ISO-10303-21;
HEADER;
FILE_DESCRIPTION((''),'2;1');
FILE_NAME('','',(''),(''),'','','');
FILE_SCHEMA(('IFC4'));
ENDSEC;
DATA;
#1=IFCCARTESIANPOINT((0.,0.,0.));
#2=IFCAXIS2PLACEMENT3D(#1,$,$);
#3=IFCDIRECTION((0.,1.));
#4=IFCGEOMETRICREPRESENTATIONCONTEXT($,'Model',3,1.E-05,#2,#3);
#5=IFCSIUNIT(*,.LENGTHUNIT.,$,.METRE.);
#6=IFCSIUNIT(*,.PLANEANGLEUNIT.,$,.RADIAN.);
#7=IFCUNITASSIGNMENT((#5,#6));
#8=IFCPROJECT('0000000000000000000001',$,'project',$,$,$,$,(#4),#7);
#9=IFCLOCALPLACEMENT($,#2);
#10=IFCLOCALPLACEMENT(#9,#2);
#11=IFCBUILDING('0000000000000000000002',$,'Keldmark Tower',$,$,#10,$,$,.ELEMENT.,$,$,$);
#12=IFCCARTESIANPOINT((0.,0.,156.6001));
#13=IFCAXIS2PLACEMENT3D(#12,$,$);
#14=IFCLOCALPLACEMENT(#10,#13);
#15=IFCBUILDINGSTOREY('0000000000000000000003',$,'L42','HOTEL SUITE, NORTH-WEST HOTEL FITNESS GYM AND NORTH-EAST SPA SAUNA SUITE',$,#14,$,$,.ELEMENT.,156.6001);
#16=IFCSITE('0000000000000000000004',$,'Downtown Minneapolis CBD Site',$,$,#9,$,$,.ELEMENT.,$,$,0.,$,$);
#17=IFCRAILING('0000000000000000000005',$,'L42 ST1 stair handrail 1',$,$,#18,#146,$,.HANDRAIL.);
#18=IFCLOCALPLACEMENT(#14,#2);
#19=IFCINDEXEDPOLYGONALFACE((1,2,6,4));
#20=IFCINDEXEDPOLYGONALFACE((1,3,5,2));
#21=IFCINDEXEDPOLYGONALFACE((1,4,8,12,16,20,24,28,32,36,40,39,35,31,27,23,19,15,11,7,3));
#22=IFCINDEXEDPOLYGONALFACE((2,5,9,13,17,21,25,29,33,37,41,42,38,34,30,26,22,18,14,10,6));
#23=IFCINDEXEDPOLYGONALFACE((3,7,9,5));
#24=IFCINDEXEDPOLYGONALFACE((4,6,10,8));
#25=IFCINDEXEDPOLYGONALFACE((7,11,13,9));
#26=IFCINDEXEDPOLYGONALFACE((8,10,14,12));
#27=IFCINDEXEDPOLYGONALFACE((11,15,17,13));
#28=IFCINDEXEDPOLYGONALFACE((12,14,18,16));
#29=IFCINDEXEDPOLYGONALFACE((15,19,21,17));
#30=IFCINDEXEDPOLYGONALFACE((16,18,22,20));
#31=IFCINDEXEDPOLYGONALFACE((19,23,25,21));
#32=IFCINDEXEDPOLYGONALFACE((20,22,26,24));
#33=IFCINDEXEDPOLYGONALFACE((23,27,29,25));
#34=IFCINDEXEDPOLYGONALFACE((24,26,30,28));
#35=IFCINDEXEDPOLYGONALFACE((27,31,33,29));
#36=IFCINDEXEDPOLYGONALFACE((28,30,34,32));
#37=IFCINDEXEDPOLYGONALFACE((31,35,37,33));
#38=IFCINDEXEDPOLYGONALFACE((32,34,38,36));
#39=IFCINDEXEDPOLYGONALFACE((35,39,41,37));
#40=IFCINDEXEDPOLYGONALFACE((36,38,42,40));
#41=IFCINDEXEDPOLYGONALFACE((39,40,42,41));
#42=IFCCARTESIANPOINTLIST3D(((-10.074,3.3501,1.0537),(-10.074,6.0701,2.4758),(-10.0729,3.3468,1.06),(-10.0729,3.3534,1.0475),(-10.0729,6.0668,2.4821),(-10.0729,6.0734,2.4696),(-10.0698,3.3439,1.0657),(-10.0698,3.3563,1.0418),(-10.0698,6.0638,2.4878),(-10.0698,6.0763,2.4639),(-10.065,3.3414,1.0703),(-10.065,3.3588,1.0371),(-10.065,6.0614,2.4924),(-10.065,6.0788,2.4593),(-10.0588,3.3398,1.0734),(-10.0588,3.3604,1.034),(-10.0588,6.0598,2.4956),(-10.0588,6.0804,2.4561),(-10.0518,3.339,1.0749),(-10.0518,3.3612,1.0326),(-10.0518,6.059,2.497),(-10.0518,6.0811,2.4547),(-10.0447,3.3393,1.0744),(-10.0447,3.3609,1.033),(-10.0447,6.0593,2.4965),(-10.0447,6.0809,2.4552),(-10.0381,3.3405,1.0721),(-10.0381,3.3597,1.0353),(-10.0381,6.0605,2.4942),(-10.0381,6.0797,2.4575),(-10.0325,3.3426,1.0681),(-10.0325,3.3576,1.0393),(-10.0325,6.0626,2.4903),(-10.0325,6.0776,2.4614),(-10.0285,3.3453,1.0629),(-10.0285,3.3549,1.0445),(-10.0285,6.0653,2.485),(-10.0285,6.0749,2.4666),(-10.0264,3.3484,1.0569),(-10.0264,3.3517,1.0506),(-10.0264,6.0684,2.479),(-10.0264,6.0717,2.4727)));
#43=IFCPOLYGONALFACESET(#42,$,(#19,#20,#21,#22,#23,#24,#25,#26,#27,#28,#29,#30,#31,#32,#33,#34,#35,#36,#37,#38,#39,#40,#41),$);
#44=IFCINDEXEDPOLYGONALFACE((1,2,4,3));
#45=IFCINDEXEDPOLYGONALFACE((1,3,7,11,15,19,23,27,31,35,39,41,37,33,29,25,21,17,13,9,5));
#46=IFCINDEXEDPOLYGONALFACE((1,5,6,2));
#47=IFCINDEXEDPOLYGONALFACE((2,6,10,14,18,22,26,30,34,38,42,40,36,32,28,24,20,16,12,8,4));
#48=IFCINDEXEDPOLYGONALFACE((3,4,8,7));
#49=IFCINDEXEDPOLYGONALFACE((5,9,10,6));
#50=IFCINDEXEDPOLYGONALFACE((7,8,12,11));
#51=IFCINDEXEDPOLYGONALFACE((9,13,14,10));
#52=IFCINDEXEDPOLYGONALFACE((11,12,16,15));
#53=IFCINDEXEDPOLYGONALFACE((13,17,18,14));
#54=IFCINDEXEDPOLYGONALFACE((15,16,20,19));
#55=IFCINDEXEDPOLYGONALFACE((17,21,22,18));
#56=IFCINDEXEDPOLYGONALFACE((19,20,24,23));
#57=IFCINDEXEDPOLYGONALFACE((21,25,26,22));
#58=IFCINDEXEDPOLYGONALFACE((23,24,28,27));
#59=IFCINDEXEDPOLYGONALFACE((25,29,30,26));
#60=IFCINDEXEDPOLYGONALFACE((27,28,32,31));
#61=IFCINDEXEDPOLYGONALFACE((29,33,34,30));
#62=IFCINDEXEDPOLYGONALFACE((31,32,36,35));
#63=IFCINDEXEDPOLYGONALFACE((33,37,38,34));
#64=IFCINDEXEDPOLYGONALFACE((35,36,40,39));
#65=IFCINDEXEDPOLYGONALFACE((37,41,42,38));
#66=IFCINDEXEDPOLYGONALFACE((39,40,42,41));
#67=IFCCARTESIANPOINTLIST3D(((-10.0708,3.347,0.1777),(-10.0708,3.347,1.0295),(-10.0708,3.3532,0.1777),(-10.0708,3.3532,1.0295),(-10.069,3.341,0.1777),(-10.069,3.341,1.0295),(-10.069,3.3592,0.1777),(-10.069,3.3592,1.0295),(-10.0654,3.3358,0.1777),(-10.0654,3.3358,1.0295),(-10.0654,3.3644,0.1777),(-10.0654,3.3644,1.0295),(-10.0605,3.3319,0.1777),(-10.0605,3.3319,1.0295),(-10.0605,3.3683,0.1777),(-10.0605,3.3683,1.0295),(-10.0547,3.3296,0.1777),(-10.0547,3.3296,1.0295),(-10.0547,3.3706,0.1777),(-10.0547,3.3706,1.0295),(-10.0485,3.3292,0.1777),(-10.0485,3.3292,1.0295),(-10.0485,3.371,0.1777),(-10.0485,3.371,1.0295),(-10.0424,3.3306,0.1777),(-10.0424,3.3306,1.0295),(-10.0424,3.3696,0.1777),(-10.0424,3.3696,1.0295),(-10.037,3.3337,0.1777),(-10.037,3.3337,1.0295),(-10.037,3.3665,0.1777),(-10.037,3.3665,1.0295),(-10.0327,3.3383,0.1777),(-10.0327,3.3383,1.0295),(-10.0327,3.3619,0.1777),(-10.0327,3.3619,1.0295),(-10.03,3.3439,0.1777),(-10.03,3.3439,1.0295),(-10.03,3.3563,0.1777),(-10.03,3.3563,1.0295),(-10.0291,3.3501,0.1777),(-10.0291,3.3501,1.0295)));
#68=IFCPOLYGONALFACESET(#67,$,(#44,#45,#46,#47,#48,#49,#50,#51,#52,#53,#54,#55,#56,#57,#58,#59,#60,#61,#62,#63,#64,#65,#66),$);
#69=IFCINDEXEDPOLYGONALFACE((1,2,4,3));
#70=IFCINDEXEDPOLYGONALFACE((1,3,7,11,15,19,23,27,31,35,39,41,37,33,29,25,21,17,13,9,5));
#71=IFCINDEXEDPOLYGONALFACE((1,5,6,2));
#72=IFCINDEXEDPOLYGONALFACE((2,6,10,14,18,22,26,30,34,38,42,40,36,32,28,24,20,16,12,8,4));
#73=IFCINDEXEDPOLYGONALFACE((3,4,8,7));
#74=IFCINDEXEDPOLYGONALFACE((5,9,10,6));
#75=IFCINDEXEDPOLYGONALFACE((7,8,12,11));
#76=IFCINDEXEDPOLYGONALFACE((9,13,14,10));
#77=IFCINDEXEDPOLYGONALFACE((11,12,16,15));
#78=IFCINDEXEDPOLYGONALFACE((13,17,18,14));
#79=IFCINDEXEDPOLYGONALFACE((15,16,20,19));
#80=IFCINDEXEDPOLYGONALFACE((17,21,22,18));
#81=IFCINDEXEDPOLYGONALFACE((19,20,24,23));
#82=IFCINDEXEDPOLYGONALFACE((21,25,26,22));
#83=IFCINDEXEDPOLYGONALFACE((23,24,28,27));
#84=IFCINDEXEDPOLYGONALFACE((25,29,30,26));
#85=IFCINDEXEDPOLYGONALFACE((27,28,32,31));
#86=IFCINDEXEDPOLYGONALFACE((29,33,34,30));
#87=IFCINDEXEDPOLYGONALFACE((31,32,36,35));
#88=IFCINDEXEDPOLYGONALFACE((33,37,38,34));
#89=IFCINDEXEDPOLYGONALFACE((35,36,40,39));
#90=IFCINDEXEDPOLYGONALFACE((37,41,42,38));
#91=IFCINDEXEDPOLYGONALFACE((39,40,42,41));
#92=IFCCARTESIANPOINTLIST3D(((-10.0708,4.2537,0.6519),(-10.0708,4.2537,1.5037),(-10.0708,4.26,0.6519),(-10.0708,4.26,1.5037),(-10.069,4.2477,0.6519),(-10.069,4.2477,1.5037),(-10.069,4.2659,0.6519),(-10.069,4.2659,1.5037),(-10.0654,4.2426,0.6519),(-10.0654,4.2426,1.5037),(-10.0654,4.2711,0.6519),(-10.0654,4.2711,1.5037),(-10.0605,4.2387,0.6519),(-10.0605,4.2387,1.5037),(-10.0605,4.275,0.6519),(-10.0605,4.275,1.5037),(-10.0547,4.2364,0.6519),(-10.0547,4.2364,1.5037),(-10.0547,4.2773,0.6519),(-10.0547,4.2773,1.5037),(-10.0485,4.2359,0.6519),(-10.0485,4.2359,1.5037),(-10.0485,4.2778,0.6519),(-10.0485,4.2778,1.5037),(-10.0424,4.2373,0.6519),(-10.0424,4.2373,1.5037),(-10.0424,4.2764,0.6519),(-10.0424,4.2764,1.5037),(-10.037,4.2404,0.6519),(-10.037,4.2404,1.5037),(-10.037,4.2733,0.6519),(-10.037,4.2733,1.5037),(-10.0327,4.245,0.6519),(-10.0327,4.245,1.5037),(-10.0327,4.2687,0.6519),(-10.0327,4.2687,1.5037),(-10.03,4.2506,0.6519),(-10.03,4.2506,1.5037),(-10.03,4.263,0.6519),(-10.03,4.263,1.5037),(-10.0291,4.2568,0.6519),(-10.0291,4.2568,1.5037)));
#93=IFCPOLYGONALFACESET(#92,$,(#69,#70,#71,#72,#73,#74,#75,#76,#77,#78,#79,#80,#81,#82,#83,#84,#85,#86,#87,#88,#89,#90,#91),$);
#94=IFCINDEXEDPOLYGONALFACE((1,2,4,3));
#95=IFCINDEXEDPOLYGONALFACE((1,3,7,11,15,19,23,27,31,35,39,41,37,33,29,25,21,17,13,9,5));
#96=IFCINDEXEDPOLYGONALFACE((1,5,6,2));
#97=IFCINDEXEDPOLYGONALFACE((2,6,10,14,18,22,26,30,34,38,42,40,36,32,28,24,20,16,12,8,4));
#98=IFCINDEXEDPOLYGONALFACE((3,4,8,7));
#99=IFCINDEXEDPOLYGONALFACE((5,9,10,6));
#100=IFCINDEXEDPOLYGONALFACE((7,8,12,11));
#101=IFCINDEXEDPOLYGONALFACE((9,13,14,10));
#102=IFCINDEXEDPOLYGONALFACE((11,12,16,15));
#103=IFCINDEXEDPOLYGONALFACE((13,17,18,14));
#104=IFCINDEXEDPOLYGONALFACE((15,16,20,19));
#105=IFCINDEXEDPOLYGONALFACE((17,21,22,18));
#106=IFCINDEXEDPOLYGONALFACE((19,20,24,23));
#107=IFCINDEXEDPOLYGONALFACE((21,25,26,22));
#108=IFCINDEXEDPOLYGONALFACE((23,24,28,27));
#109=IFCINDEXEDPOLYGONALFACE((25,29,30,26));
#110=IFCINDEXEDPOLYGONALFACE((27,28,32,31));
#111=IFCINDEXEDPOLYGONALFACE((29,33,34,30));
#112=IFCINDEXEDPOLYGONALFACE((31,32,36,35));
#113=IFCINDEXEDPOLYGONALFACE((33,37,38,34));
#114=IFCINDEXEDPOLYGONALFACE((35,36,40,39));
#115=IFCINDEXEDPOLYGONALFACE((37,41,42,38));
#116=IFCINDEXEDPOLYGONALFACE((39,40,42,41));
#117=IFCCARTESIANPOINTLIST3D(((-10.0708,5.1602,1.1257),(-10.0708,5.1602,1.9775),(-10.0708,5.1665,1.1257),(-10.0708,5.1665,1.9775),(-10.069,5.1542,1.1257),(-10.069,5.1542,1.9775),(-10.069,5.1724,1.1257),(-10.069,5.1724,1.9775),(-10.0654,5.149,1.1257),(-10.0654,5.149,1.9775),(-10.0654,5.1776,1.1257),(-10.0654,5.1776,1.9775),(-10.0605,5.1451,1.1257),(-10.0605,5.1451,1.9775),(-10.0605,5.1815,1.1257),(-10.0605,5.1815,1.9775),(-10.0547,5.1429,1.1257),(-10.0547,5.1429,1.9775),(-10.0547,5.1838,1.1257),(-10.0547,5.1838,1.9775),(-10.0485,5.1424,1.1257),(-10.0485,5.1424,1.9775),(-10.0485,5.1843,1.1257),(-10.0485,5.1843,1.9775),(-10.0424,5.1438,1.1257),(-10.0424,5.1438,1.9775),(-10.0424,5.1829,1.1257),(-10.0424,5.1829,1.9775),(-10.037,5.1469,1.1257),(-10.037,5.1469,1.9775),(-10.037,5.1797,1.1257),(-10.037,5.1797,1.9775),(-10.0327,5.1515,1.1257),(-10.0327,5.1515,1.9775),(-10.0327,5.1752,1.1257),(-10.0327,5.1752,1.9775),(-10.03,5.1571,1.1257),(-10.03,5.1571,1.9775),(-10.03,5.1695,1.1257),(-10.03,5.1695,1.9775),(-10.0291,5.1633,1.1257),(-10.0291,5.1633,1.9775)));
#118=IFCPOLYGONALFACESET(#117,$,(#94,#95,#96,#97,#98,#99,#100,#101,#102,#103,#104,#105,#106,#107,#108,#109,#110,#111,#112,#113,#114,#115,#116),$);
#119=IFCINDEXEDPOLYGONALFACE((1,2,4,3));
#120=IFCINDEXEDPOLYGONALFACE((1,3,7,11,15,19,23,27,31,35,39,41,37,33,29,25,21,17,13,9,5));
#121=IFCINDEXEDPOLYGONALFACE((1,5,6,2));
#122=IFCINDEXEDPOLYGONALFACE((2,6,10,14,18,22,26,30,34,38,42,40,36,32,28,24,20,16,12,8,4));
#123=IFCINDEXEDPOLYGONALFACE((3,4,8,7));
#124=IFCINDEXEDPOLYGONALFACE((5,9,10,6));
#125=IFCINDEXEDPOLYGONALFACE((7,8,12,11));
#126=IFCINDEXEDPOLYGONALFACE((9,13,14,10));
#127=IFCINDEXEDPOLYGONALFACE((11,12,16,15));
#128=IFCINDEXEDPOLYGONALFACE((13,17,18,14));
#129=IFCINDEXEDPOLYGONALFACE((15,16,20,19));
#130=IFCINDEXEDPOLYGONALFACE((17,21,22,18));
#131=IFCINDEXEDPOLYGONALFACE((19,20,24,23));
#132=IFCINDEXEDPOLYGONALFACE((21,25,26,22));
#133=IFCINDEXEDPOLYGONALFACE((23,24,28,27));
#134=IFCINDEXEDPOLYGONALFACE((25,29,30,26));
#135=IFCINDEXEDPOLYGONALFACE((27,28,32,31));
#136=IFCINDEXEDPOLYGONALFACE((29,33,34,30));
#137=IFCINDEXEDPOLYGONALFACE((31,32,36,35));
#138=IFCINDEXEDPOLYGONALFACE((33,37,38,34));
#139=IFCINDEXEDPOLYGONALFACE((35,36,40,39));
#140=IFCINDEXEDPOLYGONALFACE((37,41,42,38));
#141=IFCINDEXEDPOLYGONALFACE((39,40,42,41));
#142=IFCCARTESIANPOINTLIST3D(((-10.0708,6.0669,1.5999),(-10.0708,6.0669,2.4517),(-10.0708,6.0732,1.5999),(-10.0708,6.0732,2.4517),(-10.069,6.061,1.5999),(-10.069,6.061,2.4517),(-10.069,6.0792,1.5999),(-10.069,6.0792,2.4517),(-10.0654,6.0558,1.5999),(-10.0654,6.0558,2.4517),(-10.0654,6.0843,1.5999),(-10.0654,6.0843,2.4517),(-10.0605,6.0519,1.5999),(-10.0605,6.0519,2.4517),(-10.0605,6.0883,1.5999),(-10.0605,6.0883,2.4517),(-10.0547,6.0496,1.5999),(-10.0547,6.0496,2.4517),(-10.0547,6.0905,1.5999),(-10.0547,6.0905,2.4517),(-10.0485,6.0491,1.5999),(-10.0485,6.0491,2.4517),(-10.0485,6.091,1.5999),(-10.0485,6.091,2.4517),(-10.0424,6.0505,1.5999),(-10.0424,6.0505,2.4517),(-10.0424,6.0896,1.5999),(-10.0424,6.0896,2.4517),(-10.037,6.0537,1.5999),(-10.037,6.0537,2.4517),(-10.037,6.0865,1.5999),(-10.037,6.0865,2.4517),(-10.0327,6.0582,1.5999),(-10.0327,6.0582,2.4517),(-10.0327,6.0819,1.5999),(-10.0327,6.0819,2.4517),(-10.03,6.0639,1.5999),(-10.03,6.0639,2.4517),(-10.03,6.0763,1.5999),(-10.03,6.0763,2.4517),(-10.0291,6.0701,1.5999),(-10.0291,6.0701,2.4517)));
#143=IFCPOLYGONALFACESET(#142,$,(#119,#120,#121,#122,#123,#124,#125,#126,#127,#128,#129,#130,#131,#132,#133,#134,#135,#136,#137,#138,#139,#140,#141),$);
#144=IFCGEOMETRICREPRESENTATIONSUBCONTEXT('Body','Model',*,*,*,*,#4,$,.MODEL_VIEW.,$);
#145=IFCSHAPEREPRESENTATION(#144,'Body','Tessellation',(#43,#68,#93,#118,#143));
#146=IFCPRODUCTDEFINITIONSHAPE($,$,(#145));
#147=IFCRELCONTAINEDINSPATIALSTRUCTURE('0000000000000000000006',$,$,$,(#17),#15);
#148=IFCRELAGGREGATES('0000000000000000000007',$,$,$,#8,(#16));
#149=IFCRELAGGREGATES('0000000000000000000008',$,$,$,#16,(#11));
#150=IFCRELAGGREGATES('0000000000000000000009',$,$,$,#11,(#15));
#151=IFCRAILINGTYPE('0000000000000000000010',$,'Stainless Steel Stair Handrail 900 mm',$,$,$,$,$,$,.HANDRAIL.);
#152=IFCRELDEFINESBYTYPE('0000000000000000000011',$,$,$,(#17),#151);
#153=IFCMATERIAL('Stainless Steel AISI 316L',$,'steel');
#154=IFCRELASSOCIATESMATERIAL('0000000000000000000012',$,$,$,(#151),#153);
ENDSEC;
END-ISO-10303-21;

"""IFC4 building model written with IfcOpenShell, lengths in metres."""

from ifc_helpers import new_model, si_unit, direction, frame, origin, origin_2d, place, context, subcontext, project, spatial, circle, extrude, material, type_object, element, save


model = new_model("IFC4")

# Units and contexts
model_context = context("Model", 3, precision=1e-05, world=origin(), true_north=direction((0.0, 1.0)))
body_context = subcontext(model_context, "Body", "Model", "MODEL_VIEW")
ifc_project = project(units=[si_unit("LENGTHUNIT", "METRE"), si_unit("PLANEANGLEUNIT", "RADIAN")], contexts=[model_context])

# Site, building, storey
site_placement = place(None, origin())
site = spatial("IfcSite", under=ifc_project, at=site_placement, Name="Downtown Minneapolis CBD Site", CompositionType="ELEMENT", RefElevation=0.0)
building_placement = place(site_placement, origin())
building = spatial("IfcBuilding", under=site, at=building_placement, Name="Keldmark Tower", CompositionType="ELEMENT")
storey_placement = place(building_placement, frame((0.0, 0.0, 156.6001)))
storey = spatial("IfcBuildingStorey", under=building, at=storey_placement, Name="L42", Description="HOTEL SUITE, NORTH-WEST HOTEL FITNESS GYM AND NORTH-EAST SPA SAUNA SUITE", CompositionType="ELEMENT", Elevation=156.6001)

# Railing
ifc_material_1 = material(Name="Stainless Steel AISI 316L", Category="steel")
railing_type_1 = type_object("IfcRailingType", Name="Stainless Steel Stair Handrail 900 mm", PredefinedType="HANDRAIL", material=ifc_material_1)
railing_1_placement = place(storey_placement, frame((-10.05, 3.3501, 0.1777)))
element("IfcRailing", 1, at=railing_1_placement, inside=storey, type_object=railing_type_1, Name="L42 ST1 stair handrail 1", PredefinedType="HANDRAIL", context=body_context, shape_type="SweptSolid", body=[
    extrude(circle(Radius=0.0239, at=origin_2d()), frame((0.0, 0.0, 0.876), z_axis=(0.0, 0.886183, 0.463335), x_axis=(-1.0, 0.0, 0.0)), (0.0, 0.0, 1.0), 3.0693),
    extrude(circle(Radius=0.021, at=origin_2d()), origin(), (0.0, 0.0, 1.0), 0.8518),
    extrude(circle(Radius=0.021, at=origin_2d()), frame((0.0, 0.9067, 0.4741)), (0.0, 0.0, 1.0), 0.8518),
    extrude(circle(Radius=0.021, at=origin_2d()), frame((0.0, 1.8132, 0.948)), (0.0, 0.0, 1.0), 0.8518),
    extrude(circle(Radius=0.021, at=origin_2d()), frame((0.0, 2.72, 1.4221)), (0.0, 0.0, 1.0), 0.8518),
])

save(model, "model.ifc")
